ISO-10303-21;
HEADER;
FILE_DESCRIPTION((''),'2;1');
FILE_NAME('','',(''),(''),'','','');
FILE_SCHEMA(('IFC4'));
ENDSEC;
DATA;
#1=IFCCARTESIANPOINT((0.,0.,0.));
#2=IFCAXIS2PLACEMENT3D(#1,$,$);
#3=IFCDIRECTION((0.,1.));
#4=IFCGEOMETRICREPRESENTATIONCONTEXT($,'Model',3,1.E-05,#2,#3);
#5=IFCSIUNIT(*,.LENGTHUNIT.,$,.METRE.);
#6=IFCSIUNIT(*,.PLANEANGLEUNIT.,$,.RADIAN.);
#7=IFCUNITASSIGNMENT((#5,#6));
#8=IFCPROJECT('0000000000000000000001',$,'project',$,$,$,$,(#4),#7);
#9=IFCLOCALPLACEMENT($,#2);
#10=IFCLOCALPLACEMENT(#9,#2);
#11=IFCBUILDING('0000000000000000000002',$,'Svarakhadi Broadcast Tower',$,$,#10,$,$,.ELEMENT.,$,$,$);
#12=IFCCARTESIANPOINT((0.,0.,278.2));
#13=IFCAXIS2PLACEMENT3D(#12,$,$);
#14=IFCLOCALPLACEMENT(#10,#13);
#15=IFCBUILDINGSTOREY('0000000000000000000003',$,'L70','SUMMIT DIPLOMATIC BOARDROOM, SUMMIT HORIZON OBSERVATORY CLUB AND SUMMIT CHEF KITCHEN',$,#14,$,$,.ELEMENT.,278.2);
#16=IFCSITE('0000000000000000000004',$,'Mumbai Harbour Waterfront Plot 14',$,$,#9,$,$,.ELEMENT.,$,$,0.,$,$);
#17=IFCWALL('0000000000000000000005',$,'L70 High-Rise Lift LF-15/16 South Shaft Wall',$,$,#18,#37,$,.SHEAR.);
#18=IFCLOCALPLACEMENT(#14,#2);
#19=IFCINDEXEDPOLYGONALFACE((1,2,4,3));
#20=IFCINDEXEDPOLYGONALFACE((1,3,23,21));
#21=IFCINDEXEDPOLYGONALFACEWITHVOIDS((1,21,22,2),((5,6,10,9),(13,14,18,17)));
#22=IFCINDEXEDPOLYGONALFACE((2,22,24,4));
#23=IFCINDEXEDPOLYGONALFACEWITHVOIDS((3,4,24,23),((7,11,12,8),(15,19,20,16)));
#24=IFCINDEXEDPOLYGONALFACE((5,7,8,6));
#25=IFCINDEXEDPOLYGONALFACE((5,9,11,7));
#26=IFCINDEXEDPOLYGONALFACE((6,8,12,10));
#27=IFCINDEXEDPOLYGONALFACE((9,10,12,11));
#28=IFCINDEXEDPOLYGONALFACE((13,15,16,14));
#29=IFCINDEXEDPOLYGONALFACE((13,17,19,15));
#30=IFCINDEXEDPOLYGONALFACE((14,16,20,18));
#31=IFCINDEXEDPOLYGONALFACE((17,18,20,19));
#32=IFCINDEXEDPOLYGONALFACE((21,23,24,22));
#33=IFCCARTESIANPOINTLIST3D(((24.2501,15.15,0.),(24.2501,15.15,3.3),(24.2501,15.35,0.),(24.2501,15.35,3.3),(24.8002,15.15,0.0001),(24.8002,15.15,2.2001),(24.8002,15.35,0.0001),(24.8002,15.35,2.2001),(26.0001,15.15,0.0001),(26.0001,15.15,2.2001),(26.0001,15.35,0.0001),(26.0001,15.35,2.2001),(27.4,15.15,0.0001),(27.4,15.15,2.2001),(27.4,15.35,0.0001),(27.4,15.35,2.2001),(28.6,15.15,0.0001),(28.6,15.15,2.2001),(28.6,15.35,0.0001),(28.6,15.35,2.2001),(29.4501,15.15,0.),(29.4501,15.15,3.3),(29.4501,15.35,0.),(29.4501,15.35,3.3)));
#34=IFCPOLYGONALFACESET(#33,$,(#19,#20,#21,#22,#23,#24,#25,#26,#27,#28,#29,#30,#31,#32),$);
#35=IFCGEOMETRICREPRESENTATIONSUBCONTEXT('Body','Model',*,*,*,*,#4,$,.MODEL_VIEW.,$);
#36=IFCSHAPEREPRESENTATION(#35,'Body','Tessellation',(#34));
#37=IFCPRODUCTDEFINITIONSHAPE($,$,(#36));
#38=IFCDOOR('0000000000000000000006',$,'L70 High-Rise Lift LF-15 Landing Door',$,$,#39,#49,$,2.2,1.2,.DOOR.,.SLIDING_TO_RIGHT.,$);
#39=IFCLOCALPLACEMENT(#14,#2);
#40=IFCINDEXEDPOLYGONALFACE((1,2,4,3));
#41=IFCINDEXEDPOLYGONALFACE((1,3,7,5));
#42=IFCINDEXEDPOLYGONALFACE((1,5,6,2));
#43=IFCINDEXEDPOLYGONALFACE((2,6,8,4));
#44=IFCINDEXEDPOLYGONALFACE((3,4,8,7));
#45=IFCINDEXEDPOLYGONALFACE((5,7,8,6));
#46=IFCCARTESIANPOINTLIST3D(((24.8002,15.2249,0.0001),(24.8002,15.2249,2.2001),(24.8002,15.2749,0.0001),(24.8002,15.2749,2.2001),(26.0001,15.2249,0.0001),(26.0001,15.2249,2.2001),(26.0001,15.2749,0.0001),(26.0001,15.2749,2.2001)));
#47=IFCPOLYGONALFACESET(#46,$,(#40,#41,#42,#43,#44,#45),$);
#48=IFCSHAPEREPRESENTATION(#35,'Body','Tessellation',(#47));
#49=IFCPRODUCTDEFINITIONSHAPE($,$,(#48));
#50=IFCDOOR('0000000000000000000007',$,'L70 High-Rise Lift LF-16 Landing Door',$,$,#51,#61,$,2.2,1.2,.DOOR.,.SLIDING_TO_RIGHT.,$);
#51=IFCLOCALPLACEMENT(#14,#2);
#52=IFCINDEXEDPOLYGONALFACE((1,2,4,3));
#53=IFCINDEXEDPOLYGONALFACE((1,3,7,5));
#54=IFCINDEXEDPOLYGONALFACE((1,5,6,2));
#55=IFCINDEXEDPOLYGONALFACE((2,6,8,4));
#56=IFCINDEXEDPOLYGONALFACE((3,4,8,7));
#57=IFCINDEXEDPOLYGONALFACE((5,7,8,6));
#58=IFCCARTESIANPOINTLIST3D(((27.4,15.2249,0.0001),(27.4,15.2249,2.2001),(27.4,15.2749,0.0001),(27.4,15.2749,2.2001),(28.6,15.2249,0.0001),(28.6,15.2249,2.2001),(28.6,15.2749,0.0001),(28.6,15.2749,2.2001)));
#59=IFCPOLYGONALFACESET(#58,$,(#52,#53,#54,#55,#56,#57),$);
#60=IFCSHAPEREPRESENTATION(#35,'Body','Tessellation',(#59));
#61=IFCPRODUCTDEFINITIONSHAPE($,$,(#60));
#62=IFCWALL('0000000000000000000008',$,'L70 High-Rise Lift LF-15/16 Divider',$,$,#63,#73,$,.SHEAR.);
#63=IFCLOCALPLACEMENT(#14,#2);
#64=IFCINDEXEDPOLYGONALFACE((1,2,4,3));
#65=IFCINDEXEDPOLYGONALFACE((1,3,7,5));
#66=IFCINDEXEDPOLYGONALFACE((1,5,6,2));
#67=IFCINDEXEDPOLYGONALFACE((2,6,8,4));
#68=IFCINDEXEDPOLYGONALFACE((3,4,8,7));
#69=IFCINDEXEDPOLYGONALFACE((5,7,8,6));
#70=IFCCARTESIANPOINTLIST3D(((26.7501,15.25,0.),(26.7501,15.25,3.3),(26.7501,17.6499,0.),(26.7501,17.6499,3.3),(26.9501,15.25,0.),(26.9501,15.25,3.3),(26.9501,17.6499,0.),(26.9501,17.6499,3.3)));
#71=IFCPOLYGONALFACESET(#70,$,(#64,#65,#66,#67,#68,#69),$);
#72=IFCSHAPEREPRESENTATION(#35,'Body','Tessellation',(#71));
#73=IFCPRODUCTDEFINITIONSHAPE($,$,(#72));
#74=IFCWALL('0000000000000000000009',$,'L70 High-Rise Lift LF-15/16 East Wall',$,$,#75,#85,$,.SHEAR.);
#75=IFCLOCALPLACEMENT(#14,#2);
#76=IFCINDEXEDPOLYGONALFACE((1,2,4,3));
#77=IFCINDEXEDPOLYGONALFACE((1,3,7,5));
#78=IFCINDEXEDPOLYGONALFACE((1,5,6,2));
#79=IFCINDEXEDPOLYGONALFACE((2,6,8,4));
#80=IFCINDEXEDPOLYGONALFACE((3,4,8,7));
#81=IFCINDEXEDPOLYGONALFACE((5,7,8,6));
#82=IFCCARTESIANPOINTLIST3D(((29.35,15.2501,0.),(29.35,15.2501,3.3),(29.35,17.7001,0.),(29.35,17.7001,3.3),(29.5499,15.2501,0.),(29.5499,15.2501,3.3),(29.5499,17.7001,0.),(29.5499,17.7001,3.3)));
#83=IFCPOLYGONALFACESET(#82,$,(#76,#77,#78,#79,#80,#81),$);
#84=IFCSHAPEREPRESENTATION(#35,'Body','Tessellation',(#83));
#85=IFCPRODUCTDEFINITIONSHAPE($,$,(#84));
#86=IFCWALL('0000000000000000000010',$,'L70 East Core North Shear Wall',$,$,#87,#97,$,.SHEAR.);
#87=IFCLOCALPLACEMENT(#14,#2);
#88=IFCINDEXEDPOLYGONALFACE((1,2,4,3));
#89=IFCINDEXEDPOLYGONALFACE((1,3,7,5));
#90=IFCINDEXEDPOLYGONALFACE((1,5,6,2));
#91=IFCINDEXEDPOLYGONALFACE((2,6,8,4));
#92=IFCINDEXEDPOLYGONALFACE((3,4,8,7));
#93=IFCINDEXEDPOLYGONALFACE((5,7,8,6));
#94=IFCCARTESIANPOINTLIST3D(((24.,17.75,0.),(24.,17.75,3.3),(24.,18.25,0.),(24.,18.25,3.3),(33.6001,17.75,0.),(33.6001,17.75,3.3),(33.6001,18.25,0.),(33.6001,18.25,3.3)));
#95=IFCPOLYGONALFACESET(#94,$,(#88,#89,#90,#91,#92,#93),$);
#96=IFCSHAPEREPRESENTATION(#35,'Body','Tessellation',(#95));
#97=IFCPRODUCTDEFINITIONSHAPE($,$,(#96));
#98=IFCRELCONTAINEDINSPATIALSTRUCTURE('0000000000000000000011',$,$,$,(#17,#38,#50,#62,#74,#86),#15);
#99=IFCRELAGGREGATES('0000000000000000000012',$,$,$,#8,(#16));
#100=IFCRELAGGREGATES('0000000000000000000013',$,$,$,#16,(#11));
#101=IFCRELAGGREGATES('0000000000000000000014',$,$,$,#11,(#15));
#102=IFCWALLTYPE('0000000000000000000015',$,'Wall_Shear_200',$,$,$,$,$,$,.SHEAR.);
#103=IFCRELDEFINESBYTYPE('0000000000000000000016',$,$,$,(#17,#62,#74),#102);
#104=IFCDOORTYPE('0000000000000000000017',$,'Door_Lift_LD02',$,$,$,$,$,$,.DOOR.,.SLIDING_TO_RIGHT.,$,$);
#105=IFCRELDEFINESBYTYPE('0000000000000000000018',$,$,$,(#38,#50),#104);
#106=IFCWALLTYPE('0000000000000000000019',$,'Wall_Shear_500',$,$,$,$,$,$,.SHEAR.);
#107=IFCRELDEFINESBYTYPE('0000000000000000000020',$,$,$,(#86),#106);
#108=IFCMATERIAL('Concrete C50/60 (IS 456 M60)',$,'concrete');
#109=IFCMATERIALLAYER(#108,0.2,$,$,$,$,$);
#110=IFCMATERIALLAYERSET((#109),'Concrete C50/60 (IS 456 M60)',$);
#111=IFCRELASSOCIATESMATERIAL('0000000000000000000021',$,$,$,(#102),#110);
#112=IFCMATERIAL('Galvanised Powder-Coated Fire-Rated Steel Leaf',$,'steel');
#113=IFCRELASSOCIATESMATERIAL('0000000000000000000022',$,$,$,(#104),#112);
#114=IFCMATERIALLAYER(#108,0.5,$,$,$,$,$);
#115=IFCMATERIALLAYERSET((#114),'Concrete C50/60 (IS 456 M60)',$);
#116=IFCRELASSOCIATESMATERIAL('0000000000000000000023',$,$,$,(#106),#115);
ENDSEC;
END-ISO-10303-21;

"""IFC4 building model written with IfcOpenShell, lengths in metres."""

from ifc_helpers import new_model, si_unit, direction, frame, frame_2d, origin, place, context, subcontext, project, spatial, rectangle, extrude, material, layer, layer_set, type_object, element, fill, save


model = new_model("IFC4")

# Units and contexts
model_context = context("Model", 3, precision=1e-05, world=origin(), true_north=direction((0.0, 1.0)))
body_context = subcontext(model_context, "Body", "Model", "MODEL_VIEW")
ifc_project = project(units=[si_unit("LENGTHUNIT", "METRE"), si_unit("PLANEANGLEUNIT", "RADIAN")], contexts=[model_context])

# Site, building, storey
site_placement = place(None, origin())
site = spatial("IfcSite", under=ifc_project, at=site_placement, Name="Mumbai Harbour Waterfront Plot 14", CompositionType="ELEMENT", RefElevation=0.0)
building_placement = place(site_placement, origin())
building = spatial("IfcBuilding", under=site, at=building_placement, Name="Svarakhadi Broadcast Tower", CompositionType="ELEMENT")
storey_placement = place(building_placement, frame((0.0, 0.0, 278.2)))
storey = spatial("IfcBuildingStorey", under=building, at=storey_placement, Name="L70", Description="SUMMIT DIPLOMATIC BOARDROOM, SUMMIT HORIZON OBSERVATORY CLUB AND SUMMIT CHEF KITCHEN", CompositionType="ELEMENT", Elevation=278.2)

# Shared definitions
ifc_material_1 = material(Name="Concrete C50/60 (IS 456 M60)", Category="concrete")

# Shared definitions
ifc_layer_1 = layer(ifc_material_1, 0.2)
ifc_layer_set_1 = layer_set([ifc_layer_1], Name="Concrete C50/60 (IS 456 M60)")
wall_type_1 = type_object("IfcWallType", Name="Wall_Shear_200", PredefinedType="SHEAR", material=ifc_layer_set_1)

# Shared definitions
ifc_material_2 = material(Name="Galvanised Powder-Coated Fire-Rated Steel Leaf", Category="steel")

# Wall, openings, doors
wall_1_placement = place(storey_placement, frame((24.25, 15.25, 0.0), z_axis=(0.0, 0.0, 1.0), x_axis=(1.0, 0.0, 0.0)))
wall_1 = element("IfcWall", 1, at=wall_1_placement, inside=storey, type_object=wall_type_1, Name="L70 High-Rise Lift LF-15/16 South Shaft Wall", PredefinedType="SHEAR", context=body_context, shape_type="SweptSolid", body=[
    extrude(rectangle(XDim=5.2, YDim=0.2, at=frame_2d((2.6001, 0.0))), origin(), (0.0, 0.0, 1.0), 3.3),
])
opening_1_placement = place(wall_1_placement, frame((0.55, 0.0, 0.0)))
opening_1 = element("IfcOpeningElement", 2, at=opening_1_placement, cuts=wall_1, PredefinedType="OPENING", context=body_context, shape_type="SweptSolid", body=[
    extrude(rectangle(XDim=1.2, YDim=2.2, at=frame_2d((0.6001, 1.1001))), frame((0.0, 0.1099, 0.0), z_axis=(0.0, -1.0, 0.0), x_axis=(1.0, 0.0, 0.0)), (0.0, 0.0, 1.0), 0.22),
])
opening_2_placement = place(wall_1_placement, frame((3.1499, 0.0, 0.0)))
opening_2 = element("IfcOpeningElement", 3, at=opening_2_placement, cuts=wall_1, PredefinedType="OPENING", context=body_context, shape_type="SweptSolid", body=[
    extrude(rectangle(XDim=1.2, YDim=2.2, at=frame_2d((0.6001, 1.1001))), frame((0.0, 0.1099, 0.0), z_axis=(0.0, -1.0, 0.0), x_axis=(1.0, 0.0, 0.0)), (0.0, 0.0, 1.0), 0.22),
])
door_type_1 = type_object("IfcDoorType", Name="Door_Lift_LD02", OperationType="SLIDING_TO_RIGHT", PredefinedType="DOOR", material=ifc_material_2)
door_1_placement = place(opening_1_placement, origin())
door_1 = element("IfcDoor", 4, at=door_1_placement, inside=storey, type_object=door_type_1, Name="L70 High-Rise Lift LF-15 Landing Door", OperationType="SLIDING_TO_RIGHT", OverallHeight=2.2, OverallWidth=1.2, PredefinedType="DOOR", context=body_context, shape_type="SweptSolid", body=[
    extrude(rectangle(XDim=1.2, YDim=2.2, at=frame_2d((0.6001, 1.1001))), frame((0.0, 0.0249, 0.0), z_axis=(0.0, -1.0, 0.0), x_axis=(1.0, 0.0, 0.0)), (0.0, 0.0, 1.0), 0.05),
])
fill(opening_1, door_1)
door_2_placement = place(opening_2_placement, origin())
door_2 = element("IfcDoor", 5, at=door_2_placement, inside=storey, type_object=door_type_1, Name="L70 High-Rise Lift LF-16 Landing Door", OperationType="SLIDING_TO_RIGHT", OverallHeight=2.2, OverallWidth=1.2, PredefinedType="DOOR", context=body_context, shape_type="SweptSolid", body=[
    extrude(rectangle(XDim=1.2, YDim=2.2, at=frame_2d((0.6001, 1.1001))), frame((0.0, 0.0249, 0.0), z_axis=(0.0, -1.0, 0.0), x_axis=(1.0, 0.0, 0.0)), (0.0, 0.0, 1.0), 0.05),
])
fill(opening_2, door_2)

# Walls
wall_2_placement = place(storey_placement, frame((26.8501, 15.25, 0.0), z_axis=(0.0, 0.0, 1.0), x_axis=(0.0, 1.0, 0.0)))
element("IfcWall", 6, at=wall_2_placement, inside=storey, type_object=wall_type_1, Name="L70 High-Rise Lift LF-15/16 Divider", PredefinedType="SHEAR", context=body_context, shape_type="SweptSolid", body=[
    extrude(rectangle(XDim=2.3999, YDim=0.2, at=frame_2d((1.2, 0.0))), origin(), (0.0, 0.0, 1.0), 3.3),
])
wall_3_placement = place(storey_placement, frame((29.45, 15.25, 0.0), z_axis=(0.0, 0.0, 1.0), x_axis=(0.0, 1.0, 0.0)))
element("IfcWall", 7, at=wall_3_placement, inside=storey, type_object=wall_type_1, Name="L70 High-Rise Lift LF-15/16 East Wall", PredefinedType="SHEAR", context=body_context, shape_type="SweptSolid", body=[
    extrude(rectangle(XDim=2.45, YDim=0.2, at=frame_2d((1.2251, 0.0))), origin(), (0.0, 0.0, 1.0), 3.3),
])
ifc_layer_2 = layer(ifc_material_1, 0.5)
ifc_layer_set_2 = layer_set([ifc_layer_2], Name="Concrete C50/60 (IS 456 M60)")
wall_type_2 = type_object("IfcWallType", Name="Wall_Shear_500", PredefinedType="SHEAR", material=ifc_layer_set_2)
wall_4_placement = place(storey_placement, frame((24.0, 18.0, 0.0), z_axis=(0.0, 0.0, 1.0), x_axis=(1.0, 0.0, 0.0)))
element("IfcWall", 8, at=wall_4_placement, inside=storey, type_object=wall_type_2, Name="L70 East Core North Shear Wall", PredefinedType="SHEAR", context=body_context, shape_type="SweptSolid", body=[
    extrude(rectangle(XDim=9.6001, YDim=0.5, at=frame_2d((4.8, 0.0))), origin(), (0.0, 0.0, 1.0), 3.3),
])

save(model, "model.ifc")
